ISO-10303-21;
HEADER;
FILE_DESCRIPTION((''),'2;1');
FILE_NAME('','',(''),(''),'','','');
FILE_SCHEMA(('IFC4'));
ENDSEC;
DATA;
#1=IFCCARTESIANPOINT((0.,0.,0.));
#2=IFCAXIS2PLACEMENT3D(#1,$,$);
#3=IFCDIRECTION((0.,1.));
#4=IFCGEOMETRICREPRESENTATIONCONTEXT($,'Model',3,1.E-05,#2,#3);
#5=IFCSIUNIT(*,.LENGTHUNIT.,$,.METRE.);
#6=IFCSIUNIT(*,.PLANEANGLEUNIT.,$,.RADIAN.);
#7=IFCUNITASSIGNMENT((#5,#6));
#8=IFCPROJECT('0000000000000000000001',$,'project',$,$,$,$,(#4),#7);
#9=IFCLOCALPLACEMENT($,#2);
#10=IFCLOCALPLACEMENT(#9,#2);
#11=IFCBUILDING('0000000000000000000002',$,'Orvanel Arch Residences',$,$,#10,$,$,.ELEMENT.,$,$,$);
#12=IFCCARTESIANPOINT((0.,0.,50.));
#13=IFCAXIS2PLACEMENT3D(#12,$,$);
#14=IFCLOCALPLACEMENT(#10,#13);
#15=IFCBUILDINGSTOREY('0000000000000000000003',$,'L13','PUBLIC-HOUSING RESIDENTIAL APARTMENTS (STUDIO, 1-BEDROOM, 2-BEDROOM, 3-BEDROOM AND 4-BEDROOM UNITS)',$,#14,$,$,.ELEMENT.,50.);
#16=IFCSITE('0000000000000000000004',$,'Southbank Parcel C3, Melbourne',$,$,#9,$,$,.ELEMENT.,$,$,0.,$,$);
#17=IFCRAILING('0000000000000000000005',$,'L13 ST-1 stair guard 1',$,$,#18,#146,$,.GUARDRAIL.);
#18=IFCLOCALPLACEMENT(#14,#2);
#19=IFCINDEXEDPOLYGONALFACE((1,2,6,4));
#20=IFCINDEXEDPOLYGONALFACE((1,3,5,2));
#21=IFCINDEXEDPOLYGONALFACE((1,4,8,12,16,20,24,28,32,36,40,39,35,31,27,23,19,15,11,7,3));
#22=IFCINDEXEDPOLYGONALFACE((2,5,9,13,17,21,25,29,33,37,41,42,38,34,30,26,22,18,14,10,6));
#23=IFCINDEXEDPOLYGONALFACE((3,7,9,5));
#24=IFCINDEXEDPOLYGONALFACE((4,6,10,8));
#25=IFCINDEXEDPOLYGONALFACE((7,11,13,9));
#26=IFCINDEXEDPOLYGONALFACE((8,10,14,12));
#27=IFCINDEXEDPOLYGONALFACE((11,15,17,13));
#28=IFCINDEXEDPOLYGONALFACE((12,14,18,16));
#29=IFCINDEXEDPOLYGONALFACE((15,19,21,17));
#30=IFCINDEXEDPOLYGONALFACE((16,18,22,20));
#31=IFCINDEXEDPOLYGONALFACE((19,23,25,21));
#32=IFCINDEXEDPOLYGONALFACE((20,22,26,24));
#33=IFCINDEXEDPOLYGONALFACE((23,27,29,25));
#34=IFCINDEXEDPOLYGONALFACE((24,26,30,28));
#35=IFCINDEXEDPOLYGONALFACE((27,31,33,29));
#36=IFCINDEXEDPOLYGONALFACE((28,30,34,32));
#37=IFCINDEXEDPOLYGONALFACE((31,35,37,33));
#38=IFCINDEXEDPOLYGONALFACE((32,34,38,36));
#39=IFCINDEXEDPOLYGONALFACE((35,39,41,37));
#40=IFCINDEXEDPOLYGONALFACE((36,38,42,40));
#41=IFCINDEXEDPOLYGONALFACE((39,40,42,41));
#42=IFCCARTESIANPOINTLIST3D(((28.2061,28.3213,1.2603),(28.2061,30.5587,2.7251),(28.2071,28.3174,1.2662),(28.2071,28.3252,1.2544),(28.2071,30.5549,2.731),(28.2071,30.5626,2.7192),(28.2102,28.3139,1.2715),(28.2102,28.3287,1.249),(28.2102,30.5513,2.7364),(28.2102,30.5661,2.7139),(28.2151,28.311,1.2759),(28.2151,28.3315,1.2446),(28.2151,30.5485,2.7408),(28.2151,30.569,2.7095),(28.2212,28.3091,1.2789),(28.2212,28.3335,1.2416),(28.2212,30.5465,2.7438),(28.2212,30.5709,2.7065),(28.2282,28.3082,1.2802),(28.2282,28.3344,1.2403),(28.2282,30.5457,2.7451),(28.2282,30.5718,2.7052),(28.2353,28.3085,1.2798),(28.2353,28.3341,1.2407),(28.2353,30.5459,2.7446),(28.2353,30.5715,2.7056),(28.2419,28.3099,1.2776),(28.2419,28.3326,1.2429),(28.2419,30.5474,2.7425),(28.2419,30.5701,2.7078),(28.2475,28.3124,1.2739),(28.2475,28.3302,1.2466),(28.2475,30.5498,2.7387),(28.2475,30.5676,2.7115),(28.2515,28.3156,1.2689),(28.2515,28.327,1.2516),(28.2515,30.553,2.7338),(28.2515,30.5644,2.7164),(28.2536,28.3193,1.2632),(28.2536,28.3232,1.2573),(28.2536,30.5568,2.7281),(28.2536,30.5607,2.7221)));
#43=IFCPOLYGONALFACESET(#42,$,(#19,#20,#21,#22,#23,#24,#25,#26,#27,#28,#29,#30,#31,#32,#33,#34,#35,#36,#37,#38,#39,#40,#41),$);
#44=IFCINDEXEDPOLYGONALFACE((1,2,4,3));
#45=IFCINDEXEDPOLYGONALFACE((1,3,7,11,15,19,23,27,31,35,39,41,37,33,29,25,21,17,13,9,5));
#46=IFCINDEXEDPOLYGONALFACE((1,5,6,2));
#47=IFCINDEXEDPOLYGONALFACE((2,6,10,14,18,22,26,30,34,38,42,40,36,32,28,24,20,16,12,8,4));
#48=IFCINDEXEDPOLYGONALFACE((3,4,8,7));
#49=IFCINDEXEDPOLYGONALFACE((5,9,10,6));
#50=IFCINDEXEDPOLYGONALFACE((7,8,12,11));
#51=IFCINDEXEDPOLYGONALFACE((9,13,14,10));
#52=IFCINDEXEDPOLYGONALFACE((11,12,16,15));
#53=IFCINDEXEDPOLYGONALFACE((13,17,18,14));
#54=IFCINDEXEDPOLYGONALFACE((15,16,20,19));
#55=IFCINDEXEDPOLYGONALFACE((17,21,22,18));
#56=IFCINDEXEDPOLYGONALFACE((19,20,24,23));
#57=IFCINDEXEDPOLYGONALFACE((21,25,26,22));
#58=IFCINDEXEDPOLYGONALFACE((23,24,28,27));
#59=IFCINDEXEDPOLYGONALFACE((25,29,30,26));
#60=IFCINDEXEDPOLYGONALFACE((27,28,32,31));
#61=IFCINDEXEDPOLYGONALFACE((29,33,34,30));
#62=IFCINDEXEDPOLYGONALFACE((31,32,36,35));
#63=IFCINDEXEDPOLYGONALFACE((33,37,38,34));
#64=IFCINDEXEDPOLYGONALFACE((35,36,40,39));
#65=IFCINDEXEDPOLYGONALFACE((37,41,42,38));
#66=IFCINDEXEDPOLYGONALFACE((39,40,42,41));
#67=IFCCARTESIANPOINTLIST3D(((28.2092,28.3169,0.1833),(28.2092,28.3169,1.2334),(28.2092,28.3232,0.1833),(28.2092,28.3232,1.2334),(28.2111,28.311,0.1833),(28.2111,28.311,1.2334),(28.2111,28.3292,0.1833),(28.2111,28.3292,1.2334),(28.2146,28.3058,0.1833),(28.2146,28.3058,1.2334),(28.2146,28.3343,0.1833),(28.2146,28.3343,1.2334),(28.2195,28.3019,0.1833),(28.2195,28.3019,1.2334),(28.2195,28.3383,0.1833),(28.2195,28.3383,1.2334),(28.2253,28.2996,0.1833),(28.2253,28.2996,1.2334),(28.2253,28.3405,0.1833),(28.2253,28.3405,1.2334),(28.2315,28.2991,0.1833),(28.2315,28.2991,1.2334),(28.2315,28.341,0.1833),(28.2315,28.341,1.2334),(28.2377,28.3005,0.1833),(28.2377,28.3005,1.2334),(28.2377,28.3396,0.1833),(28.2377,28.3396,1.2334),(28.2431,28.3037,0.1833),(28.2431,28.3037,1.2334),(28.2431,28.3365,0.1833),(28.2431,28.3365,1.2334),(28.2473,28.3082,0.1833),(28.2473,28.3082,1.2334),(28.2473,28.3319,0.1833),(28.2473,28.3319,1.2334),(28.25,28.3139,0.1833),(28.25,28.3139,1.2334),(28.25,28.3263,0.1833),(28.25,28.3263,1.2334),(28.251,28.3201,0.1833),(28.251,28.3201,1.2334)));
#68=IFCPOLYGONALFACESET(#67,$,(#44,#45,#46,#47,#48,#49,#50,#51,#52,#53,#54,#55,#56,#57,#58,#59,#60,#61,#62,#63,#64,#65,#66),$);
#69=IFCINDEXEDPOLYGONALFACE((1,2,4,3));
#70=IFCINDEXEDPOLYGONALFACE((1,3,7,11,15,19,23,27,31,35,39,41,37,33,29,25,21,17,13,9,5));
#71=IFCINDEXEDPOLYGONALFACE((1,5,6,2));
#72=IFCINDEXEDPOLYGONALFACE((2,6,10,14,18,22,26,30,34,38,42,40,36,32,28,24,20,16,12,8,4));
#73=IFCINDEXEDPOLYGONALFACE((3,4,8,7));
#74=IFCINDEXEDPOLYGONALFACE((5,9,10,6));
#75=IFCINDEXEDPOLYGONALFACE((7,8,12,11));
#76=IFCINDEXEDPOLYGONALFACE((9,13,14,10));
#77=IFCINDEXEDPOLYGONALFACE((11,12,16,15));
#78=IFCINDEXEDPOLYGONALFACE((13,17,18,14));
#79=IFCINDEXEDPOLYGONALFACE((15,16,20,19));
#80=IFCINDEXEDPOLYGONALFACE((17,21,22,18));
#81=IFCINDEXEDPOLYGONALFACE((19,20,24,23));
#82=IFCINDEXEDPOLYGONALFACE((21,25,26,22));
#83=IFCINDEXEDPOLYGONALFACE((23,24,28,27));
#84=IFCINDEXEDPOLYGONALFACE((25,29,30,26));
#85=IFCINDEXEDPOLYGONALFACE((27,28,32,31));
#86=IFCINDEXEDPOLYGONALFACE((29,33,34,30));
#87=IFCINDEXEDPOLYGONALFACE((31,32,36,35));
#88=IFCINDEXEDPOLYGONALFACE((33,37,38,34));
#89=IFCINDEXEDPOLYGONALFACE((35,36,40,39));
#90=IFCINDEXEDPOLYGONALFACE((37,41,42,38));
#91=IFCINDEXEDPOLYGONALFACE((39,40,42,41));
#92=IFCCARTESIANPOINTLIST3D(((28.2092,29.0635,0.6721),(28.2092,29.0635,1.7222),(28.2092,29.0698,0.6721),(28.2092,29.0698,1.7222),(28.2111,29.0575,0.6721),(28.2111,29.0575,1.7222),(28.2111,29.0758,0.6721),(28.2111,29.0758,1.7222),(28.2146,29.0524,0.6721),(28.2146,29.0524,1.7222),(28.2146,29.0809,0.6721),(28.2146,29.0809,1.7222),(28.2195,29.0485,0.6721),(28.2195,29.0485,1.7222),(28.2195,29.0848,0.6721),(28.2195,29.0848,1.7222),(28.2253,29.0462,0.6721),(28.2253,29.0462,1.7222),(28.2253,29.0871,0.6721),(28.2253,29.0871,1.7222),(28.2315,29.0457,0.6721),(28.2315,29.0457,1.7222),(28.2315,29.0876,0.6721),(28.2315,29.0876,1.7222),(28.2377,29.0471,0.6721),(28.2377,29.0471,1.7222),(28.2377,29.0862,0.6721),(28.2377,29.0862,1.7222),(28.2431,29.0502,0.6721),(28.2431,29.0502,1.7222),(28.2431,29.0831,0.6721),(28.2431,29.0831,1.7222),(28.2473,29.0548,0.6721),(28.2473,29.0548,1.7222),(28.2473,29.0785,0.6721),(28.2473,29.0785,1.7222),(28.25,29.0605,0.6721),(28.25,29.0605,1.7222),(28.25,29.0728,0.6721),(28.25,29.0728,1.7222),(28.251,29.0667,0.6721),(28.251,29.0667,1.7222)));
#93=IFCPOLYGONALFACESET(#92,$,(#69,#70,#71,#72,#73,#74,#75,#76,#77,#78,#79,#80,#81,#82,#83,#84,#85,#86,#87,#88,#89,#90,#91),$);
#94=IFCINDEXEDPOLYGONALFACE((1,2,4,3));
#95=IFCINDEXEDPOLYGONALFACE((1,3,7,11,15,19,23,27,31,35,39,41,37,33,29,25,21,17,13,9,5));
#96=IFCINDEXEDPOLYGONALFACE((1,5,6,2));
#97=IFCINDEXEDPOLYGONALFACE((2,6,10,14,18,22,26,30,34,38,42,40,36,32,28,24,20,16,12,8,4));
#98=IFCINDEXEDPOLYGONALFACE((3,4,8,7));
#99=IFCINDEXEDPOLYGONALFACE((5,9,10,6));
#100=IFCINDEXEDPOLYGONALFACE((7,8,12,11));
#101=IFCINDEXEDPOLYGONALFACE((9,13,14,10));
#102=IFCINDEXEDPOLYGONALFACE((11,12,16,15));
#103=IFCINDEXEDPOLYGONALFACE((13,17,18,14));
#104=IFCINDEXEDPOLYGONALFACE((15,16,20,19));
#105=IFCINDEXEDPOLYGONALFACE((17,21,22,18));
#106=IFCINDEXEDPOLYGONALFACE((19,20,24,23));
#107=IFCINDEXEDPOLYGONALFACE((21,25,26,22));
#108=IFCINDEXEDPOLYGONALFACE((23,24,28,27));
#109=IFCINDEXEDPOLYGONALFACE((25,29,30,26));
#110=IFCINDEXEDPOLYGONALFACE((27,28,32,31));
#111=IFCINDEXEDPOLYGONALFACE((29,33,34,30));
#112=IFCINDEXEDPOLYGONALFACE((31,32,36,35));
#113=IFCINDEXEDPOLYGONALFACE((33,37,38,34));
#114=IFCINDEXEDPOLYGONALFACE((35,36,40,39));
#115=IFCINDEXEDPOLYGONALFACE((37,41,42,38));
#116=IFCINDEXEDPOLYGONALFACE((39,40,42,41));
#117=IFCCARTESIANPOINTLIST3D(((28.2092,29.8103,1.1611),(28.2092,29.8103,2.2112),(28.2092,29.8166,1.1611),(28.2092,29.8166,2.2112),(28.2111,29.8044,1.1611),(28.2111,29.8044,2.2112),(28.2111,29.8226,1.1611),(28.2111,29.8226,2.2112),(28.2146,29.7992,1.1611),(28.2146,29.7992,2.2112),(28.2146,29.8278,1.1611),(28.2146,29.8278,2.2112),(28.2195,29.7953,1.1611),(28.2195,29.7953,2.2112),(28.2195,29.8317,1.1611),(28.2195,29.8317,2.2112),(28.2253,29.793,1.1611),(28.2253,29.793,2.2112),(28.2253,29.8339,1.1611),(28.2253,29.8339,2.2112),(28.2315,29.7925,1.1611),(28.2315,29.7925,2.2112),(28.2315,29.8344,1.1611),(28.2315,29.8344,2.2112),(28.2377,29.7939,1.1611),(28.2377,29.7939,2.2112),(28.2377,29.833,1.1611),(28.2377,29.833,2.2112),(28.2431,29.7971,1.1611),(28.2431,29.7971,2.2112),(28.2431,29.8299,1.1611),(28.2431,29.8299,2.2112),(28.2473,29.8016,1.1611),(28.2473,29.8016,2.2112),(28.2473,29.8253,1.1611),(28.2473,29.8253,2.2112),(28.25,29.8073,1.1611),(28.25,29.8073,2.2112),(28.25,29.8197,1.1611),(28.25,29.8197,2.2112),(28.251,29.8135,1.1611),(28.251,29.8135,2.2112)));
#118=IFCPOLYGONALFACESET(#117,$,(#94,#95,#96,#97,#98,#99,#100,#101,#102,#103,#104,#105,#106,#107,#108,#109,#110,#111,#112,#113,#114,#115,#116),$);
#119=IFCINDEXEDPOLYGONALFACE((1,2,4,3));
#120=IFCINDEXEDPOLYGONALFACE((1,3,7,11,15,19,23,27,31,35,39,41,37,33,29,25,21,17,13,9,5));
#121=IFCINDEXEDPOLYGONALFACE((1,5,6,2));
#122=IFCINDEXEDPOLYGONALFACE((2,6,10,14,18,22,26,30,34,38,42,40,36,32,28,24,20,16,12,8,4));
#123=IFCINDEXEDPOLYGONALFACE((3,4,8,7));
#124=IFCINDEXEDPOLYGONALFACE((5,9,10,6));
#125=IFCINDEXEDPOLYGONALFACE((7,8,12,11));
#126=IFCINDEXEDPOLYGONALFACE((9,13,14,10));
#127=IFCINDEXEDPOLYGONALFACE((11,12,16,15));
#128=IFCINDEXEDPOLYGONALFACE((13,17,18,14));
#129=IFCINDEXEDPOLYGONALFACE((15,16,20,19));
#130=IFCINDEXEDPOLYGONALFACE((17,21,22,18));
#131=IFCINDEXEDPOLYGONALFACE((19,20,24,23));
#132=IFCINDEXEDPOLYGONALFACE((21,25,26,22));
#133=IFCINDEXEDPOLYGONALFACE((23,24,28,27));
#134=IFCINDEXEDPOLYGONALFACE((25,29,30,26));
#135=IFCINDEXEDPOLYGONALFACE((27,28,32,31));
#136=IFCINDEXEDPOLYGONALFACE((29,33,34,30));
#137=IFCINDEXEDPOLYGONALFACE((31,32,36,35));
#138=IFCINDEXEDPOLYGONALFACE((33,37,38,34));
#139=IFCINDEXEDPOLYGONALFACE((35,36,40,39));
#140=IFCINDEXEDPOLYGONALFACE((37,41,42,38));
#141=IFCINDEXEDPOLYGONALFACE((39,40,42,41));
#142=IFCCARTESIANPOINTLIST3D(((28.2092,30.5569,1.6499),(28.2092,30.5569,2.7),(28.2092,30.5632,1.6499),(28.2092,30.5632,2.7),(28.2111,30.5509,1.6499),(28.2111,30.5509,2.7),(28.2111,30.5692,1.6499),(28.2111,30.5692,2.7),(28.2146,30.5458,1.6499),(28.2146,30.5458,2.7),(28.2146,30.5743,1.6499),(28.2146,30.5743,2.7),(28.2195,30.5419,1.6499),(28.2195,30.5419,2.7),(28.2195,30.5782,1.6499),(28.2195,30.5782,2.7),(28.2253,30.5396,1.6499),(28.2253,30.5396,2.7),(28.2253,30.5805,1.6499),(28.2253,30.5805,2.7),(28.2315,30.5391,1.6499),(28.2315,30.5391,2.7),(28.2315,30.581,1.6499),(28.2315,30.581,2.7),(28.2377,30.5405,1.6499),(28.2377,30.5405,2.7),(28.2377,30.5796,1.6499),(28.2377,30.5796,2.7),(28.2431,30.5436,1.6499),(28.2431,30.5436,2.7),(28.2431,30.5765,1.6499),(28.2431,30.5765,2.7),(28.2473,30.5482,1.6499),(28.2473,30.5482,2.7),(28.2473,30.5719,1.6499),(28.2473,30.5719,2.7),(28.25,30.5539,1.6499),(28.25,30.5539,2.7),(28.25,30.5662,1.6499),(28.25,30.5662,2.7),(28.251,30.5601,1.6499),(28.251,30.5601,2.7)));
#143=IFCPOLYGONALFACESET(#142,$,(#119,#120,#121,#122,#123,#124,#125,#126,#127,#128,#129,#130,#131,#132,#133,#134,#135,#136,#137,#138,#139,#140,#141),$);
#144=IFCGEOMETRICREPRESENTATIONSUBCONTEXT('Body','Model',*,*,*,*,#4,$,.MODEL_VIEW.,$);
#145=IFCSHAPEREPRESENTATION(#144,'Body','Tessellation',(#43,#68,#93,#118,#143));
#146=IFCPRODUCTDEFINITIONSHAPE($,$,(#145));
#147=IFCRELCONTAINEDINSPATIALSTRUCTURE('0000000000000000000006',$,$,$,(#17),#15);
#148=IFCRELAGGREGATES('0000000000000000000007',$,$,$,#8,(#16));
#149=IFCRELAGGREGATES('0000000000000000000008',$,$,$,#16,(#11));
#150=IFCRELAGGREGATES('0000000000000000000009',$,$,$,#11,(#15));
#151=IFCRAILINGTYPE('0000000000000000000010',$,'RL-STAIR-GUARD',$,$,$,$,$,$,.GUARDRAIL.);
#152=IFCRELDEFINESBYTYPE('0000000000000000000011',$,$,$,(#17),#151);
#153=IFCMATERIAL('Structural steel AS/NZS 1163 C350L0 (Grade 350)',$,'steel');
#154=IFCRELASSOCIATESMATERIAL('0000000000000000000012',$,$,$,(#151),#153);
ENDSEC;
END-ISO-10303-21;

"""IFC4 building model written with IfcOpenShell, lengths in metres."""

from ifc_helpers import new_model, si_unit, direction, frame, origin, origin_2d, place, context, subcontext, project, spatial, circle, extrude, material, type_object, element, save


model = new_model("IFC4")

# Units and contexts
model_context = context("Model", 3, precision=1e-05, world=origin(), true_north=direction((0.0, 1.0)))
body_context = subcontext(model_context, "Body", "Model", "MODEL_VIEW")
ifc_project = project(units=[si_unit("LENGTHUNIT", "METRE"), si_unit("PLANEANGLEUNIT", "RADIAN")], contexts=[model_context])

# Site, building, storey
site_placement = place(None, origin())
site = spatial("IfcSite", under=ifc_project, at=site_placement, Name="Southbank Parcel C3, Melbourne", CompositionType="ELEMENT", RefElevation=0.0)
building_placement = place(site_placement, origin())
building = spatial("IfcBuilding", under=site, at=building_placement, Name="Orvanel Arch Residences", CompositionType="ELEMENT")
storey_placement = place(building_placement, frame((0.0, 0.0, 50.0)))
storey = spatial("IfcBuildingStorey", under=building, at=storey_placement, Name="L13", Description="PUBLIC-HOUSING RESIDENTIAL APARTMENTS (STUDIO, 1-BEDROOM, 2-BEDROOM, 3-BEDROOM AND 4-BEDROOM UNITS)", CompositionType="ELEMENT", Elevation=50.0)

# Railing
ifc_material_1 = material(Name="Structural steel AS/NZS 1163 C350L0 (Grade 350)", Category="steel")
railing_type_1 = type_object("IfcRailingType", Name="RL-STAIR-GUARD", PredefinedType="GUARDRAIL", material=ifc_material_1)
railing_1_placement = place(storey_placement, frame((28.23, 28.3201, 0.1833)))
element("IfcRailing", 1, at=railing_1_placement, inside=storey, type_object=railing_type_1, Name="L13 ST-1 stair guard 1", PredefinedType="GUARDRAIL", context=body_context, shape_type="SweptSolid", body=[
    extrude(circle(Radius=0.0239, at=origin_2d()), frame((0.0, 0.0012, 1.0769), z_axis=(0.0, 0.836637, 0.547758), x_axis=(-1.0, 0.0, 0.0)), (0.0, 0.0, 1.0), 2.6743),
    extrude(circle(Radius=0.021, at=origin_2d()), origin(), (0.0, 0.0, 1.0), 1.05),
    extrude(circle(Radius=0.021, at=origin_2d()), frame((0.0, 0.7466, 0.4888)), (0.0, 0.0, 1.0), 1.05),
    extrude(circle(Radius=0.021, at=origin_2d()), frame((0.0, 1.4934, 0.9778)), (0.0, 0.0, 1.0), 1.05),
    extrude(circle(Radius=0.021, at=origin_2d()), frame((0.0, 2.24, 1.4666)), (0.0, 0.0, 1.0), 1.05),
])

save(model, "model.ifc")
